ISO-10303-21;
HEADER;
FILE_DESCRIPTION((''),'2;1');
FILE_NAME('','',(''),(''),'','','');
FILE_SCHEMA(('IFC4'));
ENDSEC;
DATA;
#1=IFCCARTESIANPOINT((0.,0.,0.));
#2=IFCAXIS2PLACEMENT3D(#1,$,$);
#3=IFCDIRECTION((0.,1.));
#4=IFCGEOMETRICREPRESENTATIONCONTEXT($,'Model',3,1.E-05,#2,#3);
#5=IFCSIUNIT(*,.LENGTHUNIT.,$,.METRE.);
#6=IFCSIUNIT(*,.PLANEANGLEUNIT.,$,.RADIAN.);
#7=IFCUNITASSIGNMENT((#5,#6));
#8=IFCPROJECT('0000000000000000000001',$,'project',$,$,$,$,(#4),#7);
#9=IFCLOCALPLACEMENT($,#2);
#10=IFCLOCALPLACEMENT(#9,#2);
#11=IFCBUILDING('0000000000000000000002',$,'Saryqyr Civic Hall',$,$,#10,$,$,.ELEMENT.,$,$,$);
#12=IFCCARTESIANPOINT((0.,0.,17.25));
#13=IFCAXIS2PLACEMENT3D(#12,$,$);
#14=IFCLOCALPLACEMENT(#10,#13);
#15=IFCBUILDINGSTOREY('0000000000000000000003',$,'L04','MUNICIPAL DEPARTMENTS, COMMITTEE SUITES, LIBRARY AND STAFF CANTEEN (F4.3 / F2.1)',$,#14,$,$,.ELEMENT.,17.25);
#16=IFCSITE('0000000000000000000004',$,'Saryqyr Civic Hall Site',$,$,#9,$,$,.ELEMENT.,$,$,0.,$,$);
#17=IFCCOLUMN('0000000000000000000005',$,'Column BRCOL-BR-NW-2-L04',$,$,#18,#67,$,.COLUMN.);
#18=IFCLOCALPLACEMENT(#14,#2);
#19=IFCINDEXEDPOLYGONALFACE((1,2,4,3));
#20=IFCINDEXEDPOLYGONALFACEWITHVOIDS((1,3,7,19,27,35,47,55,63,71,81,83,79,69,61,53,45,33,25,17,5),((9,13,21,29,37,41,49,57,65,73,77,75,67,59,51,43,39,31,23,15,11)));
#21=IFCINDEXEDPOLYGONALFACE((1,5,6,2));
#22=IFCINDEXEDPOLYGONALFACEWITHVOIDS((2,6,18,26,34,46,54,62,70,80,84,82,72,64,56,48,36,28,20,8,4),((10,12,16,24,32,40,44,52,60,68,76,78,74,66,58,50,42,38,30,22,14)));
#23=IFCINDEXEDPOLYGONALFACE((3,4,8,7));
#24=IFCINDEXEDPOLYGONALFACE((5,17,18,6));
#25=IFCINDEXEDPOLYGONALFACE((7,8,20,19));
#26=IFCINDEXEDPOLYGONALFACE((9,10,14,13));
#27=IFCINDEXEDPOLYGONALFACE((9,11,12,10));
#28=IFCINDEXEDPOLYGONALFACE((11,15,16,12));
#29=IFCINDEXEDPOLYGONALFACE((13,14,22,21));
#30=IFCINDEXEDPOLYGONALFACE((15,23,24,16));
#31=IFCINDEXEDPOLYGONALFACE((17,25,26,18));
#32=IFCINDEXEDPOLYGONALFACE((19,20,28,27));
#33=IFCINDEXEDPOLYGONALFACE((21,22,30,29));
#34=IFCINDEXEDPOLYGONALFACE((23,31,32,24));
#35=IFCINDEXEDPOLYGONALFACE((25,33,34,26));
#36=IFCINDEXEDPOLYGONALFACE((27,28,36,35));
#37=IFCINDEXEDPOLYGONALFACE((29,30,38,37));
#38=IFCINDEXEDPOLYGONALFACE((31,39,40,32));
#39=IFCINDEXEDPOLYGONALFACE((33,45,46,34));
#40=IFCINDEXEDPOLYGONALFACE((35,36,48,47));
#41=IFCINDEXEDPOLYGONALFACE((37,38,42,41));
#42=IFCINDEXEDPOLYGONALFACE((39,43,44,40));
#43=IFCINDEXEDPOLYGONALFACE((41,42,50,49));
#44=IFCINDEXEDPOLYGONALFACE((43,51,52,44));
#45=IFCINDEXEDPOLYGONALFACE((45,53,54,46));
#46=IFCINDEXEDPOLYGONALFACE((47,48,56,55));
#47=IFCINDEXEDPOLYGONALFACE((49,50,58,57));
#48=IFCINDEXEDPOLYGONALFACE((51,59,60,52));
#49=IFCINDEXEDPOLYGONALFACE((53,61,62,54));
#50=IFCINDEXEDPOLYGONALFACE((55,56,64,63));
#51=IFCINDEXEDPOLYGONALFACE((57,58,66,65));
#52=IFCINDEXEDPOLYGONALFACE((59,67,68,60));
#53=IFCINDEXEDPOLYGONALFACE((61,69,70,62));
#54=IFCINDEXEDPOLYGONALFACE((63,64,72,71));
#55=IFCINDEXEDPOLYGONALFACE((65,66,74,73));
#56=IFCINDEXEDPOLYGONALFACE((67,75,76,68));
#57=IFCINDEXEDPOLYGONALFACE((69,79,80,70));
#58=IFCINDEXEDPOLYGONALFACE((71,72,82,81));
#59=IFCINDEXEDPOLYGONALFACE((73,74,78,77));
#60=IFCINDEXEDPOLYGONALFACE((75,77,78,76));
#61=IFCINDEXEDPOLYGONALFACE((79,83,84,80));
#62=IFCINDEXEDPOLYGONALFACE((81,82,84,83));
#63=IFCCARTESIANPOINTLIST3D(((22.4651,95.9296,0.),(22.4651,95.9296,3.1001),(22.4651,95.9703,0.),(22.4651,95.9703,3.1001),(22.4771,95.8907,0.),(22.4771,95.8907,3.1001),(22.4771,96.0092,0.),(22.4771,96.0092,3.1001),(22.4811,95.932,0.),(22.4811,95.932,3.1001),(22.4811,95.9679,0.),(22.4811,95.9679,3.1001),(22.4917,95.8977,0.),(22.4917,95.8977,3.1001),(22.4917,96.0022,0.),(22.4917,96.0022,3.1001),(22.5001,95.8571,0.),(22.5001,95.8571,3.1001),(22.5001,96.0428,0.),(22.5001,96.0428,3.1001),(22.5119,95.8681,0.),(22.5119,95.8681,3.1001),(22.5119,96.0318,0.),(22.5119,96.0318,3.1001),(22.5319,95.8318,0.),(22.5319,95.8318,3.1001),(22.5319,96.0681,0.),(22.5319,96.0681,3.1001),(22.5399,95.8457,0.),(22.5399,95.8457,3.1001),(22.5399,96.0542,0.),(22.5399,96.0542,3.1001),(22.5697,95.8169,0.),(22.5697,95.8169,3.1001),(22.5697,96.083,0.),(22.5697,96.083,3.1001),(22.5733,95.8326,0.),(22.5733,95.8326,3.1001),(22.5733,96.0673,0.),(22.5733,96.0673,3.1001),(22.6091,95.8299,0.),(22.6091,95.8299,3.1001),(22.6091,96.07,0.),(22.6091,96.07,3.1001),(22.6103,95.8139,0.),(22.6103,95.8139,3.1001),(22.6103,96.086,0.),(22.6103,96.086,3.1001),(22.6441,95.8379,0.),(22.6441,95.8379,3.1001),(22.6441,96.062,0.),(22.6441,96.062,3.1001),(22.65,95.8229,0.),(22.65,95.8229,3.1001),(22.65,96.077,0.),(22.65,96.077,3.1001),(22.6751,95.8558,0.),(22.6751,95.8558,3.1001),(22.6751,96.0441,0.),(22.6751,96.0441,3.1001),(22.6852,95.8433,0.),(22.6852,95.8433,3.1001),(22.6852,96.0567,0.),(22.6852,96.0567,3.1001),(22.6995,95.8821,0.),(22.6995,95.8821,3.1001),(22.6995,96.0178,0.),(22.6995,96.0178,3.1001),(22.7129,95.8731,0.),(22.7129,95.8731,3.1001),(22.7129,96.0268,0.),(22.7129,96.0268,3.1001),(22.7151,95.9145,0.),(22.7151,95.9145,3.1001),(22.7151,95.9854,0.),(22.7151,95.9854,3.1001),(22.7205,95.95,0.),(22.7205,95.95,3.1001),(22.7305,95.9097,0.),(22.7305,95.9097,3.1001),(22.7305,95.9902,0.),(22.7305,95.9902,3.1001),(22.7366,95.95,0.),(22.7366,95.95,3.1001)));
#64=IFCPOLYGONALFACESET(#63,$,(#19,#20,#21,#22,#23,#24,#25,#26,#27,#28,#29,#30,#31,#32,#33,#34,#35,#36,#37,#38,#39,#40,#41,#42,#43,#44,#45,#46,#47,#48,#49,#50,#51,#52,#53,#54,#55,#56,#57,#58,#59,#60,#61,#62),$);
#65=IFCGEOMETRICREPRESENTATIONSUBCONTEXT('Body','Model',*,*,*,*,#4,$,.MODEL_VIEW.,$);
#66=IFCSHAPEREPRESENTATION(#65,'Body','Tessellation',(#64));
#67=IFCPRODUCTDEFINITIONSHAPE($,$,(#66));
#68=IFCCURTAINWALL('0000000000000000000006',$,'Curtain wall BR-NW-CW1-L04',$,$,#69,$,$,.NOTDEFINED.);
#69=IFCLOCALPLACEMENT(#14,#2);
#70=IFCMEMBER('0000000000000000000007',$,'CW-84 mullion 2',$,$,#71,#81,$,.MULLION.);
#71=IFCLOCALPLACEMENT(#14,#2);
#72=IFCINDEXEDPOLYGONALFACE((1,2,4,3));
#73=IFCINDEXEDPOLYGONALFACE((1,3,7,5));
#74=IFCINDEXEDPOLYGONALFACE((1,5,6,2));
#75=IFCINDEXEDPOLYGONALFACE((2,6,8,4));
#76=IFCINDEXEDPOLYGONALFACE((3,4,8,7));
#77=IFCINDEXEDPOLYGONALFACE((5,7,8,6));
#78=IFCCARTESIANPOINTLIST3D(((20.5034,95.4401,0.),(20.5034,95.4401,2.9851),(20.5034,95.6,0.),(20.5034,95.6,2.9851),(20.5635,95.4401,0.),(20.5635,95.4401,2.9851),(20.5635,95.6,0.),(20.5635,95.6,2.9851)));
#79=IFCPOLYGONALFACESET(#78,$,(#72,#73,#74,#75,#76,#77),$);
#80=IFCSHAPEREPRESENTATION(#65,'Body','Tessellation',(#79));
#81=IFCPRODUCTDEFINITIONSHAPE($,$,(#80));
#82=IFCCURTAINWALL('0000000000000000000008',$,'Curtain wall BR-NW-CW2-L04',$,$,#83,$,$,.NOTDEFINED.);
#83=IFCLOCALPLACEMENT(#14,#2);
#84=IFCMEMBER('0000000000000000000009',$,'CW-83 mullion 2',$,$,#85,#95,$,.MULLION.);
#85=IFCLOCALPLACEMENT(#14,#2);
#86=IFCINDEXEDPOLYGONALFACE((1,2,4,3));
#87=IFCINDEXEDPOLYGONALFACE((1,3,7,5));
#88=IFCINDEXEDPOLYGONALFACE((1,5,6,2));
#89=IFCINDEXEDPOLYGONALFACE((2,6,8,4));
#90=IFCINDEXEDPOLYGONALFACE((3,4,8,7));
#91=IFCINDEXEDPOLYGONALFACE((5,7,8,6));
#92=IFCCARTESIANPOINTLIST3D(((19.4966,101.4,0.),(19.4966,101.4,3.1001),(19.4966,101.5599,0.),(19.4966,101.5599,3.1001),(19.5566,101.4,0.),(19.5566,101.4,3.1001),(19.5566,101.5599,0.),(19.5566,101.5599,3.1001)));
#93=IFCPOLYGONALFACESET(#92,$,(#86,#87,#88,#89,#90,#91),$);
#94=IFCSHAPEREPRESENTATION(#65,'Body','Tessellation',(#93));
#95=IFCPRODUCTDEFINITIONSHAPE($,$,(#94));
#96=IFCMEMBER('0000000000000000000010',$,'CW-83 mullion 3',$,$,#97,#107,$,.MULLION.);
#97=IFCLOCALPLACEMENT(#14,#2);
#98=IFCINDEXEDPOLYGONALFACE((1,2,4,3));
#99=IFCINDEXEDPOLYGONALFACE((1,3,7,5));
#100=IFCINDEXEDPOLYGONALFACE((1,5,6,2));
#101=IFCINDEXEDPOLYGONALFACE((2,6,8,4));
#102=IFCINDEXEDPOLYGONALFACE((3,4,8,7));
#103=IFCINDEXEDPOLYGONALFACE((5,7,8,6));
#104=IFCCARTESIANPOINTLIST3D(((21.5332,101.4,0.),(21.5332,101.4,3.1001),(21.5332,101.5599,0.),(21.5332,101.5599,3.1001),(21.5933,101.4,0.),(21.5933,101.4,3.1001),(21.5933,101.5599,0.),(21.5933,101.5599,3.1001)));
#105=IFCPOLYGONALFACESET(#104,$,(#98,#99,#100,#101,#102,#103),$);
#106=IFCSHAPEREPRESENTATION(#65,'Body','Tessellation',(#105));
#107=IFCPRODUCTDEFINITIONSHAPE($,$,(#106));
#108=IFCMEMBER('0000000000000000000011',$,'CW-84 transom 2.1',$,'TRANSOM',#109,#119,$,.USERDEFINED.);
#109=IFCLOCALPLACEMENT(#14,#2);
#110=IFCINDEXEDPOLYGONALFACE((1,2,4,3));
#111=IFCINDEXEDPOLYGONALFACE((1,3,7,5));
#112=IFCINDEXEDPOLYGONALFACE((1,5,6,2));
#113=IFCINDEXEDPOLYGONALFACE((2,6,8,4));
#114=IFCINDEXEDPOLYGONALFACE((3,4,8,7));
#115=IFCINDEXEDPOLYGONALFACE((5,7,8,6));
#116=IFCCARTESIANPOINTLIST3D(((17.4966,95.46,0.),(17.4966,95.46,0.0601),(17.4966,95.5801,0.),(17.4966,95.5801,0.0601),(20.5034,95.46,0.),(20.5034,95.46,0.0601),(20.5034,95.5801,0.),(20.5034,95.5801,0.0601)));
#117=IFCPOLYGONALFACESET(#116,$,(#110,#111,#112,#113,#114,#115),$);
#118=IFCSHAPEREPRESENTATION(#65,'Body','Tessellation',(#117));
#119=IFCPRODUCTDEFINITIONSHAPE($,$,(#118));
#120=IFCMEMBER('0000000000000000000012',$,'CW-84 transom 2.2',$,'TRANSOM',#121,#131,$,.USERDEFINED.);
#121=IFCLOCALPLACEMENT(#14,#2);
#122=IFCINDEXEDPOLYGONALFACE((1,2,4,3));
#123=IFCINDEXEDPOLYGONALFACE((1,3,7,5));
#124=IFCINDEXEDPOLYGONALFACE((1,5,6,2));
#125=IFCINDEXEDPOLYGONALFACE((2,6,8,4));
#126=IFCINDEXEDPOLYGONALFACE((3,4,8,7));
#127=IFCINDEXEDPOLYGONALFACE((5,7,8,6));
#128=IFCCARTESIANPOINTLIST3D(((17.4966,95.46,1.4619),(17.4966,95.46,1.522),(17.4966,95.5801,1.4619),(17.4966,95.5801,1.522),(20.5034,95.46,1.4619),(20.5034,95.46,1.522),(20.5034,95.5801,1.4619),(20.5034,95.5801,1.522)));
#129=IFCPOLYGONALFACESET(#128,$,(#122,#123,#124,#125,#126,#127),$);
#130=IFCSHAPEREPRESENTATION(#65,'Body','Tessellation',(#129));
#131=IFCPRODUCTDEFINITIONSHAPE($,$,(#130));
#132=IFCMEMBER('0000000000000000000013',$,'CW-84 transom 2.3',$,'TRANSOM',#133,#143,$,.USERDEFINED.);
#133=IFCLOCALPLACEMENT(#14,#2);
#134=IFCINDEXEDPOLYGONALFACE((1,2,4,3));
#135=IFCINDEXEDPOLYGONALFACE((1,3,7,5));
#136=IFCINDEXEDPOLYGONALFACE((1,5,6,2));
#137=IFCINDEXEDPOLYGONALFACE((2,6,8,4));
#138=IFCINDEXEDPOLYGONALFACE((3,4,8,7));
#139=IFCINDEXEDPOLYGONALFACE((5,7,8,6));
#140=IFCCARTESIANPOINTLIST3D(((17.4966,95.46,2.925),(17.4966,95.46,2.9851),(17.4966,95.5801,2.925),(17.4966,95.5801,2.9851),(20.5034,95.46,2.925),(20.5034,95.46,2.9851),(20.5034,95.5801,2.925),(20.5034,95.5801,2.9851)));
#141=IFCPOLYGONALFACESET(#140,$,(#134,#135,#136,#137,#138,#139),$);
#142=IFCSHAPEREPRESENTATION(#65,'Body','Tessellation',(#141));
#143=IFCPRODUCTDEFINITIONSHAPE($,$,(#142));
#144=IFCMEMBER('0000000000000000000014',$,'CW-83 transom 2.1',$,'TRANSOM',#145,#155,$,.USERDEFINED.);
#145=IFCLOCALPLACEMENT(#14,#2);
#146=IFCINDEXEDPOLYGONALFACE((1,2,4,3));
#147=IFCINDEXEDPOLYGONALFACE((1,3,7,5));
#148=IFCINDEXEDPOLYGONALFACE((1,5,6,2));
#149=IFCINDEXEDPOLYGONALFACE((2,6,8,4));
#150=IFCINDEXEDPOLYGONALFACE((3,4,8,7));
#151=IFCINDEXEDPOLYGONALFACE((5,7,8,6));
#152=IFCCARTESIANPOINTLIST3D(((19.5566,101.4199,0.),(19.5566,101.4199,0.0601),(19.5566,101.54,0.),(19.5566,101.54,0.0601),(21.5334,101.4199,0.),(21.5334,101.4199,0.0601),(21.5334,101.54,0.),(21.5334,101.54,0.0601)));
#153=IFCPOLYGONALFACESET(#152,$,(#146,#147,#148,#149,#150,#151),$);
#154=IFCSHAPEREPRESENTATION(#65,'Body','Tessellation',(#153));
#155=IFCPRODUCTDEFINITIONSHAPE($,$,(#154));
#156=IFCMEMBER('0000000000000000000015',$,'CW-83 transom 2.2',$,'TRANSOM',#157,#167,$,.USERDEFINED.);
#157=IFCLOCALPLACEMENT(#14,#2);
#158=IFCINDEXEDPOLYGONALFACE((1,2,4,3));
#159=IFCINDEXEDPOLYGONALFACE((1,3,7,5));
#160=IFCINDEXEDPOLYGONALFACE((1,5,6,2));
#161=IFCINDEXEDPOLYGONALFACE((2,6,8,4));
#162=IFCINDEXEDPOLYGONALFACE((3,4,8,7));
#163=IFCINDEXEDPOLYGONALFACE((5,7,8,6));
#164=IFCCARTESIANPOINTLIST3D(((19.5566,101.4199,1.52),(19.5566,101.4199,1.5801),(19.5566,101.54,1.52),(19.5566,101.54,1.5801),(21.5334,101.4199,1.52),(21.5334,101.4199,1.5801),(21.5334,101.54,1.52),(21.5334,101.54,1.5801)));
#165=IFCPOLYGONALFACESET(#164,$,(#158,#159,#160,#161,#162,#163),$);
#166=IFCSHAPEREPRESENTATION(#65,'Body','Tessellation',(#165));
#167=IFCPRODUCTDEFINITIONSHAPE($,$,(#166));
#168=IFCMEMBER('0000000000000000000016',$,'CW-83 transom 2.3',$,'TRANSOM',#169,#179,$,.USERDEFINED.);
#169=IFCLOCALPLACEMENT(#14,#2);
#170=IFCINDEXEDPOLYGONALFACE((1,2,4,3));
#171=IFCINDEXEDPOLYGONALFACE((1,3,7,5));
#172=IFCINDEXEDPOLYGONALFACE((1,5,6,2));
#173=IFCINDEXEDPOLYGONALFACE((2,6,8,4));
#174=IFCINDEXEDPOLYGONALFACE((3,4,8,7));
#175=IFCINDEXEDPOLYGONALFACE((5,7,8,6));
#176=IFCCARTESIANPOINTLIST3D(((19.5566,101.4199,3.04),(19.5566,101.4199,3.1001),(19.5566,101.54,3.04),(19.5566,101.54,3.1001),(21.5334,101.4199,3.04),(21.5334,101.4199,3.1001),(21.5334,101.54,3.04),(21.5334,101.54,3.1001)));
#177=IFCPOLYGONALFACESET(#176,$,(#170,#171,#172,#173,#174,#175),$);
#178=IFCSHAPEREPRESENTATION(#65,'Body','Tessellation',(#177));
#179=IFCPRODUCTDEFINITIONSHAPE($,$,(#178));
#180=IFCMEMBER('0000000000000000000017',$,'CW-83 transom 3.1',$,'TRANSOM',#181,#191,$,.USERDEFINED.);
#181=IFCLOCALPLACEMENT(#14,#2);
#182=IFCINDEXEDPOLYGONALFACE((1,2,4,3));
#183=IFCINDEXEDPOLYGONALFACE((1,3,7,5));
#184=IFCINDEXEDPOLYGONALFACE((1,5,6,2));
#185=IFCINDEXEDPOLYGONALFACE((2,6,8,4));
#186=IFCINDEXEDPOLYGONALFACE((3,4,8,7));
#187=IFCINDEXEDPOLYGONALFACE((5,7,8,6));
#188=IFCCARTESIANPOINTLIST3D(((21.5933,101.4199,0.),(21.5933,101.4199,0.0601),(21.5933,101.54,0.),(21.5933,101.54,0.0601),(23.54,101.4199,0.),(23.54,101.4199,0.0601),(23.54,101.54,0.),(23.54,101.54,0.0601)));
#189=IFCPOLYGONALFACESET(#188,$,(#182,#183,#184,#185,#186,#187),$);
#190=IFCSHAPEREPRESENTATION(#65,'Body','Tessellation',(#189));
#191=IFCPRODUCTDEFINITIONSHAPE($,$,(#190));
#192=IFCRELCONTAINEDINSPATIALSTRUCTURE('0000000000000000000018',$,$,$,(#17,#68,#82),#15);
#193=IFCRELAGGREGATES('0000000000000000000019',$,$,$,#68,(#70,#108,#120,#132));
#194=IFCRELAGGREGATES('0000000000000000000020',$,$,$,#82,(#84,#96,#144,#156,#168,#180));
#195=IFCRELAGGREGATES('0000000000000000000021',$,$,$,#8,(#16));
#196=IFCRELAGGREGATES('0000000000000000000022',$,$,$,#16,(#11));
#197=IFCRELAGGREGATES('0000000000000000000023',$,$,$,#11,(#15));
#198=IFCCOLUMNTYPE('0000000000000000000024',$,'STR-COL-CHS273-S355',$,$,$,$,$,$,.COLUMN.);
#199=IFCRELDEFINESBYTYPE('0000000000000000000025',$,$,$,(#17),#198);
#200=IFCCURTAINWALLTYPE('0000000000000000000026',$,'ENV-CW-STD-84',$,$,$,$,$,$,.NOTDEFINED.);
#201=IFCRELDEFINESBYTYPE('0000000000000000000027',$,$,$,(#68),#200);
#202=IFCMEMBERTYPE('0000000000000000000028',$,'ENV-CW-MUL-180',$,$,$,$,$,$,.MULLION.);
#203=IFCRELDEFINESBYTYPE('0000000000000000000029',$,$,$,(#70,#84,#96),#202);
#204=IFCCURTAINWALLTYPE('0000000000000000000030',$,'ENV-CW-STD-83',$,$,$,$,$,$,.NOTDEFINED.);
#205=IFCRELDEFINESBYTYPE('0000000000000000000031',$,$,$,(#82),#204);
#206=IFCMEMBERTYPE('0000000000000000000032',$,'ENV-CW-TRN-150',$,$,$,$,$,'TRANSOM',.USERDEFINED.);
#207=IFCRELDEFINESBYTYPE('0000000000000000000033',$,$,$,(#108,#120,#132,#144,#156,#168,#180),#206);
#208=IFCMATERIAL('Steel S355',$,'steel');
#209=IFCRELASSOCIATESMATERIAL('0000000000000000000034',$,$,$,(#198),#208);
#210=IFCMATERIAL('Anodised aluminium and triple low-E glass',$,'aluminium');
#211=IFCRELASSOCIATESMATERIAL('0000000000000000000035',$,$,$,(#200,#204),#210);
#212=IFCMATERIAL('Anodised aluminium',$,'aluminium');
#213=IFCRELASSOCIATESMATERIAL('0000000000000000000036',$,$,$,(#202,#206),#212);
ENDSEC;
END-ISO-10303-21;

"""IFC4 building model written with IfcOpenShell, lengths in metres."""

from ifc_helpers import new_model, si_unit, direction, frame, origin, origin_2d, place, context, subcontext, project, spatial, rectangle, hollow_circle, extrude, material, material_profile, profile_set, type_object, element, aggregate, save


model = new_model("IFC4")

# Units and contexts
model_context = context("Model", 3, precision=1e-05, world=origin(), true_north=direction((0.0, 1.0)))
body_context = subcontext(model_context, "Body", "Model", "MODEL_VIEW")
ifc_project = project(units=[si_unit("LENGTHUNIT", "METRE"), si_unit("PLANEANGLEUNIT", "RADIAN")], contexts=[model_context])

# Site, building, storey
site_placement = place(None, origin())
site = spatial("IfcSite", under=ifc_project, at=site_placement, Name="Saryqyr Civic Hall Site", CompositionType="ELEMENT", RefElevation=0.0)
building_placement = place(site_placement, origin())
building = spatial("IfcBuilding", under=site, at=building_placement, Name="Saryqyr Civic Hall", CompositionType="ELEMENT")
storey_placement = place(building_placement, frame((0.0, 0.0, 17.25)))
storey = spatial("IfcBuildingStorey", under=building, at=storey_placement, Name="L04", Description="MUNICIPAL DEPARTMENTS, COMMITTEE SUITES, LIBRARY AND STAFF CANTEEN (F4.3 / F2.1)", CompositionType="ELEMENT", Elevation=17.25)

# Column
ifc_material_1 = material(Name="Steel S355", Category="steel")
ifc_material_profile_1 = material_profile(ifc_material_1, hollow_circle(Radius=0.1365, WallThickness=0.0161, at=origin_2d()), Name="CHS 273x16")
ifc_profile_set_1 = profile_set([ifc_material_profile_1], Name="Steel S355")
column_type = type_object("IfcColumnType", Name="STR-COL-CHS273-S355", PredefinedType="COLUMN", material=ifc_profile_set_1)
column_placement = place(storey_placement, frame((22.6001, 95.95, 0.0), z_axis=(0.0, 0.0, 1.0), x_axis=(1.0, 0.0, 0.0)))
element("IfcColumn", 1, at=column_placement, inside=storey, type_object=column_type, Name="Column BRCOL-BR-NW-2-L04", PredefinedType="COLUMN", context=body_context, shape_type="SweptSolid", body=[
    extrude(hollow_circle(Radius=0.1365, WallThickness=0.0161, at=origin_2d()), origin(), (0.0, 0.0, 1.0), 3.1001),
])

# Curtain wall, member
ifc_material_2 = material(Name="Anodised aluminium and triple low-E glass", Category="aluminium")
curtain_wall_type_1 = type_object("IfcCurtainWallType", Name="ENV-CW-STD-84", PredefinedType="NOTDEFINED", material=ifc_material_2)
curtain_wall_1_placement = place(storey_placement, origin())
curtain_wall_1 = element("IfcCurtainWall", 2, at=curtain_wall_1_placement, inside=storey, type_object=curtain_wall_type_1, Name="Curtain wall BR-NW-CW1-L04", PredefinedType="NOTDEFINED")
ifc_material_3 = material(Name="Anodised aluminium", Category="aluminium")
ifc_material_profile_2 = material_profile(ifc_material_3, rectangle(XDim=0.0601, YDim=0.1599, at=origin_2d()), Name="ALU MULLION 60x160")
ifc_profile_set_2 = profile_set([ifc_material_profile_2], Name="Anodised aluminium")
member_type_1 = type_object("IfcMemberType", Name="ENV-CW-MUL-180", PredefinedType="MULLION", material=ifc_profile_set_2)
member_1_placement = place(storey_placement, frame((20.5334, 95.52, 0.0), z_axis=(0.0, 0.0, 1.0), x_axis=(-1.0, 0.0, 0.0)))
member_1 = element("IfcMember", 3, at=member_1_placement, type_object=member_type_1, Name="CW-84 mullion 2", PredefinedType="MULLION", context=body_context, shape_type="SweptSolid", body=[
    extrude(rectangle(XDim=0.0601, YDim=0.1599, at=origin_2d()), origin(), (0.0, 0.0, 1.0), 2.9851),
])

# Curtain wall, members
curtain_wall_type_2 = type_object("IfcCurtainWallType", Name="ENV-CW-STD-83", PredefinedType="NOTDEFINED", material=ifc_material_2)
curtain_wall_2_placement = place(storey_placement, origin())
curtain_wall_2 = element("IfcCurtainWall", 4, at=curtain_wall_2_placement, inside=storey, type_object=curtain_wall_type_2, Name="Curtain wall BR-NW-CW2-L04", PredefinedType="NOTDEFINED")
member_2_placement = place(storey_placement, frame((19.5266, 101.48, 0.0), z_axis=(0.0, 0.0, 1.0), x_axis=(1.0, 0.0, 0.0)))
member_2 = element("IfcMember", 5, at=member_2_placement, type_object=member_type_1, Name="CW-83 mullion 2", PredefinedType="MULLION", context=body_context, shape_type="SweptSolid", body=[
    extrude(rectangle(XDim=0.0601, YDim=0.1599, at=origin_2d()), origin(), (0.0, 0.0, 1.0), 3.1001),
])
member_3_placement = place(storey_placement, frame((21.5632, 101.48, 0.0), z_axis=(0.0, 0.0, 1.0), x_axis=(1.0, 0.0, 0.0)))
member_3 = element("IfcMember", 6, at=member_3_placement, type_object=member_type_1, Name="CW-83 mullion 3", PredefinedType="MULLION", context=body_context, shape_type="SweptSolid", body=[
    extrude(rectangle(XDim=0.0601, YDim=0.1599, at=origin_2d()), origin(), (0.0, 0.0, 1.0), 3.1001),
])

# Members
ifc_material_profile_3 = material_profile(ifc_material_3, rectangle(XDim=0.1201, YDim=0.0601, at=origin_2d()), Name="ALU TRANSOM 120x60")
ifc_profile_set_3 = profile_set([ifc_material_profile_3], Name="Anodised aluminium")
member_type_2 = type_object("IfcMemberType", Name="ENV-CW-TRN-150", ElementType="TRANSOM", PredefinedType="USERDEFINED", material=ifc_profile_set_3)
member_4_placement = place(storey_placement, frame((20.5034, 95.52, 0.03), z_axis=(-1.0, 0.0, 0.0), x_axis=(0.0, -1.0, 0.0)))
member_4 = element("IfcMember", 7, at=member_4_placement, type_object=member_type_2, Name="CW-84 transom 2.1", ObjectType="TRANSOM", PredefinedType="USERDEFINED", context=body_context, shape_type="SweptSolid", body=[
    extrude(rectangle(XDim=0.1201, YDim=0.0601, at=origin_2d()), origin(), (0.0, 0.0, 1.0), 3.0068),
])
member_5_placement = place(storey_placement, frame((20.5034, 95.52, 1.4919), z_axis=(-1.0, 0.0, 0.0), x_axis=(0.0, -1.0, 0.0)))
member_5 = element("IfcMember", 8, at=member_5_placement, type_object=member_type_2, Name="CW-84 transom 2.2", ObjectType="TRANSOM", PredefinedType="USERDEFINED", context=body_context, shape_type="SweptSolid", body=[
    extrude(rectangle(XDim=0.1201, YDim=0.0601, at=origin_2d()), origin(), (0.0, 0.0, 1.0), 3.0068),
])
member_6_placement = place(storey_placement, frame((20.5034, 95.52, 2.9551), z_axis=(-1.0, 0.0, 0.0), x_axis=(0.0, -1.0, 0.0)))
member_6 = element("IfcMember", 9, at=member_6_placement, type_object=member_type_2, Name="CW-84 transom 2.3", ObjectType="TRANSOM", PredefinedType="USERDEFINED", context=body_context, shape_type="SweptSolid", body=[
    extrude(rectangle(XDim=0.1201, YDim=0.0601, at=origin_2d()), origin(), (0.0, 0.0, 1.0), 3.0068),
])
member_7_placement = place(storey_placement, frame((19.5566, 101.48, 0.03), z_axis=(1.0, 0.0, 0.0), x_axis=(0.0, 1.0, 0.0)))
member_7 = element("IfcMember", 10, at=member_7_placement, type_object=member_type_2, Name="CW-83 transom 2.1", ObjectType="TRANSOM", PredefinedType="USERDEFINED", context=body_context, shape_type="SweptSolid", body=[
    extrude(rectangle(XDim=0.1201, YDim=0.0601, at=origin_2d()), origin(), (0.0, 0.0, 1.0), 1.9768),
])
member_8_placement = place(storey_placement, frame((19.5566, 101.48, 1.55), z_axis=(1.0, 0.0, 0.0), x_axis=(0.0, 1.0, 0.0)))
member_8 = element("IfcMember", 11, at=member_8_placement, type_object=member_type_2, Name="CW-83 transom 2.2", ObjectType="TRANSOM", PredefinedType="USERDEFINED", context=body_context, shape_type="SweptSolid", body=[
    extrude(rectangle(XDim=0.1201, YDim=0.0601, at=origin_2d()), origin(), (0.0, 0.0, 1.0), 1.9768),
])
member_9_placement = place(storey_placement, frame((19.5566, 101.48, 3.0701), z_axis=(1.0, 0.0, 0.0), x_axis=(0.0, 1.0, 0.0)))
member_9 = element("IfcMember", 12, at=member_9_placement, type_object=member_type_2, Name="CW-83 transom 2.3", ObjectType="TRANSOM", PredefinedType="USERDEFINED", context=body_context, shape_type="SweptSolid", body=[
    extrude(rectangle(XDim=0.1201, YDim=0.0601, at=origin_2d()), origin(), (0.0, 0.0, 1.0), 1.9768),
])
member_10_placement = place(storey_placement, frame((21.5933, 101.48, 0.03), z_axis=(1.0, 0.0, 0.0), x_axis=(0.0, 1.0, 0.0)))
member_10 = element("IfcMember", 13, at=member_10_placement, type_object=member_type_2, Name="CW-83 transom 3.1", ObjectType="TRANSOM", PredefinedType="USERDEFINED", context=body_context, shape_type="SweptSolid", body=[
    extrude(rectangle(XDim=0.1201, YDim=0.0601, at=origin_2d()), origin(), (0.0, 0.0, 1.0), 1.9468),
])

aggregate(curtain_wall_1, [member_1, member_4, member_5, member_6])
aggregate(curtain_wall_2, [member_2, member_3, member_7, member_8, member_9, member_10])

save(model, "model.ifc")
